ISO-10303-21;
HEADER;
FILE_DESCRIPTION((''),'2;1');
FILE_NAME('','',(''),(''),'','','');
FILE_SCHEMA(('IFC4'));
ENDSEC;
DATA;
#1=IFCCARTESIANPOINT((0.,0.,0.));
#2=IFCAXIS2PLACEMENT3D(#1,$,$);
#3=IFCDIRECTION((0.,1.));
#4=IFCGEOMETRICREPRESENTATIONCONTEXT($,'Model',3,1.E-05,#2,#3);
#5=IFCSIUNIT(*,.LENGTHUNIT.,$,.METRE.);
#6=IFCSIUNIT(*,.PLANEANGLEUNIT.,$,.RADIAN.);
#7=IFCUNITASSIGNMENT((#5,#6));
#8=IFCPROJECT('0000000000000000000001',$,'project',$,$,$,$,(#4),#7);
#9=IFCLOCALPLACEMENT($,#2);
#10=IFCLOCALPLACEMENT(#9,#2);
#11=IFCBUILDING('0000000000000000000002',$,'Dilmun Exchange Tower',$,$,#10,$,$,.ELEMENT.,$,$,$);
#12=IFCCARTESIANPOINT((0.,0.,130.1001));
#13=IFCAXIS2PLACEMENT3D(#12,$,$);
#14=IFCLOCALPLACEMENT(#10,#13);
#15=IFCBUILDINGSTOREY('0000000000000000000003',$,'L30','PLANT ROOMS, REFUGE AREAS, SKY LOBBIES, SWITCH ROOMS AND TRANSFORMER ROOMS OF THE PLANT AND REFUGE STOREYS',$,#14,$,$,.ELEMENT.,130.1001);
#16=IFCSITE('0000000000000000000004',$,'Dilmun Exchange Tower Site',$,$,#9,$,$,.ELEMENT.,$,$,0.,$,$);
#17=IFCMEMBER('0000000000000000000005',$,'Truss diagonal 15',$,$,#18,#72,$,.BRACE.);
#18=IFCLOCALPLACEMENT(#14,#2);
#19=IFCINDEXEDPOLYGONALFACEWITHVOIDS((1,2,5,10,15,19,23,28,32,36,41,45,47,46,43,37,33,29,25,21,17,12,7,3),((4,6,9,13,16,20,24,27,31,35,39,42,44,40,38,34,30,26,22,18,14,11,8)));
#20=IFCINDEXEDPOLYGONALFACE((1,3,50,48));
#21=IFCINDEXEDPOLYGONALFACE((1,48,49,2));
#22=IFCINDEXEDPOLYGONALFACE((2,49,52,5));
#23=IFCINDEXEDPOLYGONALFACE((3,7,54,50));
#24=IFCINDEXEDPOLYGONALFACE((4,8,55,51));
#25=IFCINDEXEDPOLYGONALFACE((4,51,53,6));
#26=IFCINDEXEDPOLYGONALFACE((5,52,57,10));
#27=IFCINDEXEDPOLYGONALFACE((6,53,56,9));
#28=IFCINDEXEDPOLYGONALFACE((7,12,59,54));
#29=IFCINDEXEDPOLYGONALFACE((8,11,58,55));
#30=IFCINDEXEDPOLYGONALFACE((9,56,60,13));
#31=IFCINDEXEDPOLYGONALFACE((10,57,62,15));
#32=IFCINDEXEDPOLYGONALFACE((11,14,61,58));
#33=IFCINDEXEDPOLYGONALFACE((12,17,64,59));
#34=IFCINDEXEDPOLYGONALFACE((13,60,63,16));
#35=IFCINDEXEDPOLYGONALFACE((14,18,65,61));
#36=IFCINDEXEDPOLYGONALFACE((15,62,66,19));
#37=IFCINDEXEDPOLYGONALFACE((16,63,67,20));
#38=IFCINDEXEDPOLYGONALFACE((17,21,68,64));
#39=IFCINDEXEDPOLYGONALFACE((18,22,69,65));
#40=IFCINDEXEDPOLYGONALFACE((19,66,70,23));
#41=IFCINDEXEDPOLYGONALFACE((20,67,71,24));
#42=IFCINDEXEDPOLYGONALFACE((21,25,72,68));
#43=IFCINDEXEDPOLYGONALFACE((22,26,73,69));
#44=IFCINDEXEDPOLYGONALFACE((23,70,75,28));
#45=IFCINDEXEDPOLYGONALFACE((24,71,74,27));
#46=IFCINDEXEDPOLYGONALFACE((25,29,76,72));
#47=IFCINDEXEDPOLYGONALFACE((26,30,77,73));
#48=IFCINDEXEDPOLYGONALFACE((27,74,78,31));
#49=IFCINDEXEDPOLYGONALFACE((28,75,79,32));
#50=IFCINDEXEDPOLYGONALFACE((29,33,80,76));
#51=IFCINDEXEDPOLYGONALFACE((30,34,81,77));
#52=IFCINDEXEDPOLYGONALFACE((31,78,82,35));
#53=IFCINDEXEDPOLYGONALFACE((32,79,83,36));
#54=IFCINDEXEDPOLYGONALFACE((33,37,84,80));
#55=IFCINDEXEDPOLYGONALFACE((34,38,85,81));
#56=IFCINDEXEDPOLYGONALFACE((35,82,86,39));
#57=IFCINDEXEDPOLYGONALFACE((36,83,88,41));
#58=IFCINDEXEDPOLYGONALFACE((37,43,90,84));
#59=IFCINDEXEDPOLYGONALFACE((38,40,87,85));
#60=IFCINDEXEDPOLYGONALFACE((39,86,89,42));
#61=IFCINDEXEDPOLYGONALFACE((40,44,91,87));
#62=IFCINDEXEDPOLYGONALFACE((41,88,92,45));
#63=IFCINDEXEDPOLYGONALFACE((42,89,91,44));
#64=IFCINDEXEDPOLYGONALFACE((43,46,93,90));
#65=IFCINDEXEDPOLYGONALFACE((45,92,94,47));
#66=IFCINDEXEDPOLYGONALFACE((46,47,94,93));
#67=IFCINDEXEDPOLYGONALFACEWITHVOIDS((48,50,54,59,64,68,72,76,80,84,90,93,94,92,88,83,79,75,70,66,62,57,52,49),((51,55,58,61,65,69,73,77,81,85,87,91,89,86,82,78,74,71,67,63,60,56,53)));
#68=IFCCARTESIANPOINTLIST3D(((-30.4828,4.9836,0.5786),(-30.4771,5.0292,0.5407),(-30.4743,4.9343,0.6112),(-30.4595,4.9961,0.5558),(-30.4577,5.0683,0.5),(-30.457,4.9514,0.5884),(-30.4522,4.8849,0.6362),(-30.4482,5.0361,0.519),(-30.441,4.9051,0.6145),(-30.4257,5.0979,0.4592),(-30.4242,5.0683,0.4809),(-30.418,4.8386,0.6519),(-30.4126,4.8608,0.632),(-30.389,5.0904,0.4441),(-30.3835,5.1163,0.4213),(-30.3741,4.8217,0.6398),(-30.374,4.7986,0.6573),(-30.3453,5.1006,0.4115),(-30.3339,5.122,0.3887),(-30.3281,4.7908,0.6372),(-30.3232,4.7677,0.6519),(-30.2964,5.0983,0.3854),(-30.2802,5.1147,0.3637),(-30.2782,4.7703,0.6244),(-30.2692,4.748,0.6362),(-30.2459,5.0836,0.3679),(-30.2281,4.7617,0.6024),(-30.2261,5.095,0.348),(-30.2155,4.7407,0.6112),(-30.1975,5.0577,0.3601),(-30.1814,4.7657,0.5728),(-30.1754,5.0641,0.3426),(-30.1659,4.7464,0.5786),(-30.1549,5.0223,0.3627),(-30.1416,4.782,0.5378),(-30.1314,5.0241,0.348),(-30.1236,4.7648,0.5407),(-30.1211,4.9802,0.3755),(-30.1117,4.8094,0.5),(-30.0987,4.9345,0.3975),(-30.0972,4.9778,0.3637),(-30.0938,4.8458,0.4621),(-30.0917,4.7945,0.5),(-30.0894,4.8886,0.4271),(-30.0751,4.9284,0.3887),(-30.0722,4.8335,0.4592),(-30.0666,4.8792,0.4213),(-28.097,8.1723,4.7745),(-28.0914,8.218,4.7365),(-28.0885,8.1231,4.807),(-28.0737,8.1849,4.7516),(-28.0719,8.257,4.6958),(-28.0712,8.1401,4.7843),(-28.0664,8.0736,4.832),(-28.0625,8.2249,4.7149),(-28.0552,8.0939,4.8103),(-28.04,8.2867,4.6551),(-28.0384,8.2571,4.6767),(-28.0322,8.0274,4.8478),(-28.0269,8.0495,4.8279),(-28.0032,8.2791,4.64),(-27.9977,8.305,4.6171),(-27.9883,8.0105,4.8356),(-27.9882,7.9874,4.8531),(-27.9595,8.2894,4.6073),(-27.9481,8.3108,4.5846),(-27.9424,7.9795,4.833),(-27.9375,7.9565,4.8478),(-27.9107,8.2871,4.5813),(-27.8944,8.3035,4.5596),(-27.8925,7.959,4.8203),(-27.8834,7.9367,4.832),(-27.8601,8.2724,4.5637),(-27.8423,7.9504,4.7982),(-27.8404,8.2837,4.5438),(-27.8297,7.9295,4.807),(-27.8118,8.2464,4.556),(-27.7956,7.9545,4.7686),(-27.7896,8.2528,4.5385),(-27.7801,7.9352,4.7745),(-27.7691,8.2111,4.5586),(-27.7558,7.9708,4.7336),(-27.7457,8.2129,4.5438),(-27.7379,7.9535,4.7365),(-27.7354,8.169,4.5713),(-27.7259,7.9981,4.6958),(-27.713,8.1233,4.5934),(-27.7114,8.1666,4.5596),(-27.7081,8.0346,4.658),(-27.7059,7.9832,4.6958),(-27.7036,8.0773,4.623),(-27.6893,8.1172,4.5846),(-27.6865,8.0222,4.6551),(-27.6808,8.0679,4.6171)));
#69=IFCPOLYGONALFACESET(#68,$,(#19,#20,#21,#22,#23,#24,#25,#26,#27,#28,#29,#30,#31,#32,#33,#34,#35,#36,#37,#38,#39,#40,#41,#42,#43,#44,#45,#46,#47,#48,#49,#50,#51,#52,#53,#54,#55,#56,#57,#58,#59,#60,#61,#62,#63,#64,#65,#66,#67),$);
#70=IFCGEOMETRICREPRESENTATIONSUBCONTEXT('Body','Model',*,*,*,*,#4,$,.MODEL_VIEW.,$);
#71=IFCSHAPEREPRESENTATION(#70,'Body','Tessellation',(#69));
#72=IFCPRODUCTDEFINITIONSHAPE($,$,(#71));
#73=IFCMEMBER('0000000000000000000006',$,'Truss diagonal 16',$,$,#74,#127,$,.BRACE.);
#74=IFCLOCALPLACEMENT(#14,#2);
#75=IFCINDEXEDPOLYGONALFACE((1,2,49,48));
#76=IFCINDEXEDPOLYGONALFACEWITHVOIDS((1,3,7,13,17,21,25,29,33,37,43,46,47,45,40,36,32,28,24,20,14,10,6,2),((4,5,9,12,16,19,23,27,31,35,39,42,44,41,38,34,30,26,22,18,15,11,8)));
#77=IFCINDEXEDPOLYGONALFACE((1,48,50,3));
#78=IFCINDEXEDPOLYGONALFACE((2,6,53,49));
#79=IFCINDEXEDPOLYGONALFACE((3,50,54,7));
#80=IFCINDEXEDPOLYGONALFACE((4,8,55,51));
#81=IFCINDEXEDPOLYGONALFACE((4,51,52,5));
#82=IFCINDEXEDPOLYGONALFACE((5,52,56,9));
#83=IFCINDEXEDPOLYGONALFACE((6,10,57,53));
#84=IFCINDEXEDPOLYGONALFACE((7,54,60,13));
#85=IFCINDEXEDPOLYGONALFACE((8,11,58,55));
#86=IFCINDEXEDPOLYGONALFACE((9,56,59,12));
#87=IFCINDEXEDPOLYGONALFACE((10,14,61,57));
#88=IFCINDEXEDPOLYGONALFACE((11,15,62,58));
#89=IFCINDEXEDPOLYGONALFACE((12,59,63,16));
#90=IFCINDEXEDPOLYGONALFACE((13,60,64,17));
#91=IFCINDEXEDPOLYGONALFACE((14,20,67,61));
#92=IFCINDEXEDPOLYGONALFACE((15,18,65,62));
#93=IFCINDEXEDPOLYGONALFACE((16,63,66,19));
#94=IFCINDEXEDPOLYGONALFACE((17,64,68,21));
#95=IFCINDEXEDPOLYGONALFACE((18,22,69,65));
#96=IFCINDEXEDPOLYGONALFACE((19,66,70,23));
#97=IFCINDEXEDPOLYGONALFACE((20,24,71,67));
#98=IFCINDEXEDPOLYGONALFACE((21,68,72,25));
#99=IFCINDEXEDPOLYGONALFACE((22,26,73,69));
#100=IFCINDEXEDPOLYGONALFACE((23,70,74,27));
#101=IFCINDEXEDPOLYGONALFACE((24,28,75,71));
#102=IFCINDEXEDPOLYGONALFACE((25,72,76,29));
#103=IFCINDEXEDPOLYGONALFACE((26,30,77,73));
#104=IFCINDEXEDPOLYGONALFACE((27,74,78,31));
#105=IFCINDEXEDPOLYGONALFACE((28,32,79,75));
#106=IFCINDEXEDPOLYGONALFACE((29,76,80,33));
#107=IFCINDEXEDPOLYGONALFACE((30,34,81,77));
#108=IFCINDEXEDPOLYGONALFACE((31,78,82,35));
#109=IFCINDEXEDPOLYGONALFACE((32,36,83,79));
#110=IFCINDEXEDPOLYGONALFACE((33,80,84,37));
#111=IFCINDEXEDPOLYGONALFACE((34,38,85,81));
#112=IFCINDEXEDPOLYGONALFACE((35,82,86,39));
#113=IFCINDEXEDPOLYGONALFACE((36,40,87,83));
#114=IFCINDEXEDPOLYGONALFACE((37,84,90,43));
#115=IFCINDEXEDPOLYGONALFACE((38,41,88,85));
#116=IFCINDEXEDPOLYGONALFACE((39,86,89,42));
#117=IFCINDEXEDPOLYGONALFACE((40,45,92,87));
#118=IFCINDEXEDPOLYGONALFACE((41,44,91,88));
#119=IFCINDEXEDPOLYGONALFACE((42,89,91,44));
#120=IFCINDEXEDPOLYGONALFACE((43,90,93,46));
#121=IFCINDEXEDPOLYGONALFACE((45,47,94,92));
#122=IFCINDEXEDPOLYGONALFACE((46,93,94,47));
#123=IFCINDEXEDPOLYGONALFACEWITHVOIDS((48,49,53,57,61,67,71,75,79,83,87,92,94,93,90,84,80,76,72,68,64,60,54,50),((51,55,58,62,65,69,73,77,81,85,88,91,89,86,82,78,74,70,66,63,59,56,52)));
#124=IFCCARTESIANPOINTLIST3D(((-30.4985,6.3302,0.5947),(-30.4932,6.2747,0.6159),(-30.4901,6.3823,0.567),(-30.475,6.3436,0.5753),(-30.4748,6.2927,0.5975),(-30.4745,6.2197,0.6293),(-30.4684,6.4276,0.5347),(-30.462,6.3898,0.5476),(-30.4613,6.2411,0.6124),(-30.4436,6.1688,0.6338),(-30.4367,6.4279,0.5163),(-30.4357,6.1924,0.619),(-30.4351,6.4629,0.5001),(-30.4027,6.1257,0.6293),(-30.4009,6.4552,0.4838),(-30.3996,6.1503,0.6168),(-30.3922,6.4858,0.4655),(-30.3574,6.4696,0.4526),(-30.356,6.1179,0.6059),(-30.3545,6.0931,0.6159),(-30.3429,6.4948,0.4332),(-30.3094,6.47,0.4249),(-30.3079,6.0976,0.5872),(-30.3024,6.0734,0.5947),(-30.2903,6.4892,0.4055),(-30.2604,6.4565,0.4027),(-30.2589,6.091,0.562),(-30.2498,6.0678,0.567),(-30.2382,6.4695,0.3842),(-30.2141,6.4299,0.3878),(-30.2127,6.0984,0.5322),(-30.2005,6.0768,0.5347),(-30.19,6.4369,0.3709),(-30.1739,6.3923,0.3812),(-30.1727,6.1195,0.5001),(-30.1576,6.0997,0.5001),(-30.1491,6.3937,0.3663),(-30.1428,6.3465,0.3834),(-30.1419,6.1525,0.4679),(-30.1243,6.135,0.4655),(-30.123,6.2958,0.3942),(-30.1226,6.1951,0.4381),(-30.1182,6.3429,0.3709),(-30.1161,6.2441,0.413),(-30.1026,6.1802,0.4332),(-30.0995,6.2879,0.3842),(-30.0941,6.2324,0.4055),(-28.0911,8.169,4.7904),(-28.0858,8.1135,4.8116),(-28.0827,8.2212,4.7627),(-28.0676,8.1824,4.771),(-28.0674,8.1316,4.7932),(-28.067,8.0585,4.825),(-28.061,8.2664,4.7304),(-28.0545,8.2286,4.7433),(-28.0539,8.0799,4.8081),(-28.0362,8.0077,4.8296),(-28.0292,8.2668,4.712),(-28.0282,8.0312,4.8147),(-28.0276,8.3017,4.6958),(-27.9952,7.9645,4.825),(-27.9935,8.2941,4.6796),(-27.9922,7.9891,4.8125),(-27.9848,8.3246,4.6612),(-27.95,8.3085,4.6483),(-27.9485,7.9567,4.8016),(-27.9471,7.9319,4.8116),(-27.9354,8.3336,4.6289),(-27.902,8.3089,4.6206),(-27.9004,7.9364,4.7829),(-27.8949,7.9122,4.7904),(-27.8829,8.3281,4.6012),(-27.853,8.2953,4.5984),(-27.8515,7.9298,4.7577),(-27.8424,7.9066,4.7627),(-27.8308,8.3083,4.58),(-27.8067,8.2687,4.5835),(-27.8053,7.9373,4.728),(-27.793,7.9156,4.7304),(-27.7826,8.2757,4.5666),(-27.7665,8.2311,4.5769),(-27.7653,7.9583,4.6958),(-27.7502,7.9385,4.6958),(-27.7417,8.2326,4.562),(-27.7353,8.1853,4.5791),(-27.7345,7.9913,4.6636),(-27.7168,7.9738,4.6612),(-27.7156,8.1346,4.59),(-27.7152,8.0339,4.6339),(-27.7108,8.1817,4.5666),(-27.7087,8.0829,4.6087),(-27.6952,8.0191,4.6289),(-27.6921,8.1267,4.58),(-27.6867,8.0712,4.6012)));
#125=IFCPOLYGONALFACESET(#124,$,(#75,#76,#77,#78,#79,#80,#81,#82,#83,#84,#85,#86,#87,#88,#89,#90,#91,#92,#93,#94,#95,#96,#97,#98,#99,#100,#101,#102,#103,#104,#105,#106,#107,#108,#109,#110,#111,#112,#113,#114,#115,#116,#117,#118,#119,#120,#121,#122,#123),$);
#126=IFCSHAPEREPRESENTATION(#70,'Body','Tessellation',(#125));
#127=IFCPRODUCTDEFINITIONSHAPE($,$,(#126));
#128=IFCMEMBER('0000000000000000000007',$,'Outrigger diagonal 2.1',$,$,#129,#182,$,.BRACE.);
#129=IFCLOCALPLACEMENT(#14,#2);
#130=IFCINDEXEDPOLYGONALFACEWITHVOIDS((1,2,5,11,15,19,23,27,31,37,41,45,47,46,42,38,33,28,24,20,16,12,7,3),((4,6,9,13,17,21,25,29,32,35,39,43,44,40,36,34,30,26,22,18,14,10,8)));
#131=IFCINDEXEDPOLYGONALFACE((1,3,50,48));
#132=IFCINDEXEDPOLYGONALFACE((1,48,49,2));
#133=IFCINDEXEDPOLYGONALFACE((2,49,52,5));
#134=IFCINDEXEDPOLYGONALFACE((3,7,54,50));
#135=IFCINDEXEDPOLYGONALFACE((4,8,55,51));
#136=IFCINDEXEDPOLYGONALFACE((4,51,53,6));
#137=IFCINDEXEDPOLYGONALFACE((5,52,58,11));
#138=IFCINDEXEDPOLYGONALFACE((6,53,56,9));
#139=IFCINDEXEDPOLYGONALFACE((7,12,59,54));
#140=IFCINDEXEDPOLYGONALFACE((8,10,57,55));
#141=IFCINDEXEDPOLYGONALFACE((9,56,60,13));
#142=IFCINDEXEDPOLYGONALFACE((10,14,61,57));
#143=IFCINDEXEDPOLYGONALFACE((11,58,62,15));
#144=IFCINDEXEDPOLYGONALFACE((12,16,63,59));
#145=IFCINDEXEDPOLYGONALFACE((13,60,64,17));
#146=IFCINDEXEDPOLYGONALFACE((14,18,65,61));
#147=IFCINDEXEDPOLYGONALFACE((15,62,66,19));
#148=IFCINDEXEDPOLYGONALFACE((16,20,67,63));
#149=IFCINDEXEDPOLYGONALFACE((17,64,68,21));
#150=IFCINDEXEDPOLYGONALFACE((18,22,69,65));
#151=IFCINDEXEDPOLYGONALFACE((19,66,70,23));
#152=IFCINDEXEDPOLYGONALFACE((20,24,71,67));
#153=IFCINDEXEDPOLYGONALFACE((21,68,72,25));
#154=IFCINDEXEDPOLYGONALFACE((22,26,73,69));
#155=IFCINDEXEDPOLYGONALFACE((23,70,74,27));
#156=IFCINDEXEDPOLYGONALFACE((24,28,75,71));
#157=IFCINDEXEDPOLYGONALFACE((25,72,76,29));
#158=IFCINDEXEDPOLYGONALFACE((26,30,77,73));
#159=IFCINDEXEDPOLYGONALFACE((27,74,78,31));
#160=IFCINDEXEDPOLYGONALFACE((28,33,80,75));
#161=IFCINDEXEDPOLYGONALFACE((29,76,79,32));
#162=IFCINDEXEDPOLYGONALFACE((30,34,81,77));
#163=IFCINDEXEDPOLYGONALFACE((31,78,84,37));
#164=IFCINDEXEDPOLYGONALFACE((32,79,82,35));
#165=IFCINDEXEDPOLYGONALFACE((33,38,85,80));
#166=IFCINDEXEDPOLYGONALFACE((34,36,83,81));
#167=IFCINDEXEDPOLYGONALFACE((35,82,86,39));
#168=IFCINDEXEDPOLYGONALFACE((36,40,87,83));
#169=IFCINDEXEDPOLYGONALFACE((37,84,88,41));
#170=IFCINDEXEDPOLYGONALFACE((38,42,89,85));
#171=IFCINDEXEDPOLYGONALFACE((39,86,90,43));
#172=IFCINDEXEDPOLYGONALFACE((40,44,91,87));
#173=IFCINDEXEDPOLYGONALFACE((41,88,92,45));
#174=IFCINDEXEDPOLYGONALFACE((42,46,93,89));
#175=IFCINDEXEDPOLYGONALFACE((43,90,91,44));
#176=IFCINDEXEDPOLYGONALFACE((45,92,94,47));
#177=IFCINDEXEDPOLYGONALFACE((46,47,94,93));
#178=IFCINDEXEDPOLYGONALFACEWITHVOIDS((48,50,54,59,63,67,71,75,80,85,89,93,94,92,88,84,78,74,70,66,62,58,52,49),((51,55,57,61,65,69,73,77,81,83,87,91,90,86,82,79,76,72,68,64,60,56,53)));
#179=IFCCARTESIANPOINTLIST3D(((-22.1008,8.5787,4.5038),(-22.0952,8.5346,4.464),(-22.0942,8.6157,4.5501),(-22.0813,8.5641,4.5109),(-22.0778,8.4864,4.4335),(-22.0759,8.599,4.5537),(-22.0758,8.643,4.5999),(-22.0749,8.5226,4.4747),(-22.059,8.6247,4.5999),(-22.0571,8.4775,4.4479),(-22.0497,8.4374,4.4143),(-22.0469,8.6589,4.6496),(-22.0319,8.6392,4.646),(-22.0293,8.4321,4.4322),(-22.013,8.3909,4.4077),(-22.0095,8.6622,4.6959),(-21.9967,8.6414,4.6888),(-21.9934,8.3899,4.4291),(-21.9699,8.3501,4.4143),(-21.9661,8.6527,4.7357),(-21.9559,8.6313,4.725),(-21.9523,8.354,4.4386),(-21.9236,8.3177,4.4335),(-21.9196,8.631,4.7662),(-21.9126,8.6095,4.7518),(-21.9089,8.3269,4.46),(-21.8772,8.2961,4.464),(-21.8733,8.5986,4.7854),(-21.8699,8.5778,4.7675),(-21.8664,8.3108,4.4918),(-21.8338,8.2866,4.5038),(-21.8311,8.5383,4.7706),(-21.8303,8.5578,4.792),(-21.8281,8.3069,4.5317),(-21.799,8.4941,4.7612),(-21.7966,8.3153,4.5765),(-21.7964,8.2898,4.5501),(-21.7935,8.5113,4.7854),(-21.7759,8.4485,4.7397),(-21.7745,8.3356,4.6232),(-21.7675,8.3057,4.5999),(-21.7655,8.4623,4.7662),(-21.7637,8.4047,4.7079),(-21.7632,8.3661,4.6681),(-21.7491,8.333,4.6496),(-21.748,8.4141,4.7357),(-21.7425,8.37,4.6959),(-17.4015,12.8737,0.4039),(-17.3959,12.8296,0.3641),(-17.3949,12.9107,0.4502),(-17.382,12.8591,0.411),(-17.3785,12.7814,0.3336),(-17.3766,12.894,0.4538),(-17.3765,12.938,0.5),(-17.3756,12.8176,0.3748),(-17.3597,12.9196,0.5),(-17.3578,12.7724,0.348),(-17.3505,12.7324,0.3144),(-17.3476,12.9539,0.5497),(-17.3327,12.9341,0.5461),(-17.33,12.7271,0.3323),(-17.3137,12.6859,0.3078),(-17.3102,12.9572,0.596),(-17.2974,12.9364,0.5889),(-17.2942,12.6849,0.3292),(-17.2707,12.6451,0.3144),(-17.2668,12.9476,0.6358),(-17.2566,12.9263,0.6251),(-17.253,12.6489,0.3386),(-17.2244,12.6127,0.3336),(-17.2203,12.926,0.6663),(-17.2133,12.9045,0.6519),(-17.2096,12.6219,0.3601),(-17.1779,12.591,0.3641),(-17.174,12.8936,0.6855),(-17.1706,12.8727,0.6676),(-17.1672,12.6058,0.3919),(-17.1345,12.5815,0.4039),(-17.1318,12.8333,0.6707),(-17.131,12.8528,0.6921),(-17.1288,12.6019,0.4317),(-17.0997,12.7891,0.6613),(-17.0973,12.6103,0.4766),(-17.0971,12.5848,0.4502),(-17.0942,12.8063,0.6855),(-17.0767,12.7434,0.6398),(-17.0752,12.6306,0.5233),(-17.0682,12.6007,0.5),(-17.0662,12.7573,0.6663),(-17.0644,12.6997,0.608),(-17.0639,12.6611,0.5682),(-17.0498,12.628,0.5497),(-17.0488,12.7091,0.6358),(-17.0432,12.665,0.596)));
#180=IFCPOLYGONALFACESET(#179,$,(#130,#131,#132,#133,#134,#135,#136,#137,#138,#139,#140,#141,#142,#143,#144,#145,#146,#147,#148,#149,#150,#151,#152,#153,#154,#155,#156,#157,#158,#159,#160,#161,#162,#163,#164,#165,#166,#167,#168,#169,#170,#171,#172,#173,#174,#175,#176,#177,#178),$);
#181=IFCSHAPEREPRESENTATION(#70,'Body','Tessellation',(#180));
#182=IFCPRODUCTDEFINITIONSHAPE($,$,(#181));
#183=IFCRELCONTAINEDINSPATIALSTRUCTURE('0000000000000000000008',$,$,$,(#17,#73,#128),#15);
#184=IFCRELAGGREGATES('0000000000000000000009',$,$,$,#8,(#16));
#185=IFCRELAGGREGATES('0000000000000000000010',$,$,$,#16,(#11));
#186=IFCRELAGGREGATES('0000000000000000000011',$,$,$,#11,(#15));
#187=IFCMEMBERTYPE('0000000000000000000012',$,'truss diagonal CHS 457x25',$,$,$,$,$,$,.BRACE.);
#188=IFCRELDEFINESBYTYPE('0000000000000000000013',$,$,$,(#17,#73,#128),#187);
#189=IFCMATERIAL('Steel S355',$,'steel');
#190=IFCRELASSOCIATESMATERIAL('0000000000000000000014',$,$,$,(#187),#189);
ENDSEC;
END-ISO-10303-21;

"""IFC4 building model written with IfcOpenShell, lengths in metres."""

from ifc_helpers import new_model, si_unit, direction, frame, origin, origin_2d, place, context, subcontext, project, spatial, hollow_circle, extrude, material, material_profile, profile_set, type_object, element, save


model = new_model("IFC4")

# Units and contexts
model_context = context("Model", 3, precision=1e-05, world=origin(), true_north=direction((0.0, 1.0)))
body_context = subcontext(model_context, "Body", "Model", "MODEL_VIEW")
ifc_project = project(units=[si_unit("LENGTHUNIT", "METRE"), si_unit("PLANEANGLEUNIT", "RADIAN")], contexts=[model_context])

# Site, building, storey
site_placement = place(None, origin())
site = spatial("IfcSite", under=ifc_project, at=site_placement, Name="Dilmun Exchange Tower Site", CompositionType="ELEMENT", RefElevation=0.0)
building_placement = place(site_placement, origin())
building = spatial("IfcBuilding", under=site, at=building_placement, Name="Dilmun Exchange Tower", CompositionType="ELEMENT")
storey_placement = place(building_placement, frame((0.0, 0.0, 130.1001)))
storey = spatial("IfcBuildingStorey", under=building, at=storey_placement, Name="L30", Description="PLANT ROOMS, REFUGE AREAS, SKY LOBBIES, SWITCH ROOMS AND TRANSFORMER ROOMS OF THE PLANT AND REFUGE STOREYS", CompositionType="ELEMENT", Elevation=130.1001)

# Shared definitions
ifc_material_1 = material(Name="Steel S355", Category="steel")

# Members
ifc_material_profile_1 = material_profile(ifc_material_1, hollow_circle(Radius=0.2285, WallThickness=0.0249, at=origin_2d()), Name="CHS 457x25")
ifc_profile_set_1 = profile_set([ifc_material_profile_1], Name="Steel S355")
member_type_1 = type_object("IfcMemberType", Name="truss diagonal CHS 457x25", PredefinedType="BRACE", material=ifc_profile_set_1)
member_1_placement = place(storey_placement, frame((-27.8889, 8.1201, 4.6958), z_axis=(-0.412412, -0.55122, -0.725309), x_axis=(0.800698, -0.599068, 0.0)))
element("IfcMember", 1, at=member_1_placement, inside=storey, type_object=member_type_1, Name="Truss diagonal 15", PredefinedType="BRACE", context=body_context, shape_type="SweptSolid", body=[
    extrude(hollow_circle(Radius=0.2285, WallThickness=0.0249, at=origin_2d()), origin(), (0.0, 0.0, 1.0), 5.7849),
])
member_2_placement = place(storey_placement, frame((-27.8889, 8.1201, 4.6958), z_axis=(-0.465199, -0.355327, -0.810761), x_axis=(0.607004, -0.794699, 0.0)))
element("IfcMember", 2, at=member_2_placement, inside=storey, type_object=member_type_1, Name="Truss diagonal 16", PredefinedType="BRACE", context=body_context, shape_type="SweptSolid", body=[
    extrude(hollow_circle(Radius=0.2285, WallThickness=0.0249, at=origin_2d()), origin(), (0.0, 0.0, 1.0), 5.175),
])
member_3_placement = place(storey_placement, frame((-21.9216, 8.4744, 4.5999), z_axis=(0.62059, 0.567198, -0.541437), x_axis=(-0.67464, 0.738147, 0.0)))
element("IfcMember", 3, at=member_3_placement, inside=storey, type_object=member_type_1, Name="Outrigger diagonal 2.1", PredefinedType="BRACE", context=body_context, shape_type="SweptSolid", body=[
    extrude(hollow_circle(Radius=0.2285, WallThickness=0.0249, at=origin_2d()), origin(), (0.0, 0.0, 1.0), 7.5723),
])

save(model, "model.ifc")
